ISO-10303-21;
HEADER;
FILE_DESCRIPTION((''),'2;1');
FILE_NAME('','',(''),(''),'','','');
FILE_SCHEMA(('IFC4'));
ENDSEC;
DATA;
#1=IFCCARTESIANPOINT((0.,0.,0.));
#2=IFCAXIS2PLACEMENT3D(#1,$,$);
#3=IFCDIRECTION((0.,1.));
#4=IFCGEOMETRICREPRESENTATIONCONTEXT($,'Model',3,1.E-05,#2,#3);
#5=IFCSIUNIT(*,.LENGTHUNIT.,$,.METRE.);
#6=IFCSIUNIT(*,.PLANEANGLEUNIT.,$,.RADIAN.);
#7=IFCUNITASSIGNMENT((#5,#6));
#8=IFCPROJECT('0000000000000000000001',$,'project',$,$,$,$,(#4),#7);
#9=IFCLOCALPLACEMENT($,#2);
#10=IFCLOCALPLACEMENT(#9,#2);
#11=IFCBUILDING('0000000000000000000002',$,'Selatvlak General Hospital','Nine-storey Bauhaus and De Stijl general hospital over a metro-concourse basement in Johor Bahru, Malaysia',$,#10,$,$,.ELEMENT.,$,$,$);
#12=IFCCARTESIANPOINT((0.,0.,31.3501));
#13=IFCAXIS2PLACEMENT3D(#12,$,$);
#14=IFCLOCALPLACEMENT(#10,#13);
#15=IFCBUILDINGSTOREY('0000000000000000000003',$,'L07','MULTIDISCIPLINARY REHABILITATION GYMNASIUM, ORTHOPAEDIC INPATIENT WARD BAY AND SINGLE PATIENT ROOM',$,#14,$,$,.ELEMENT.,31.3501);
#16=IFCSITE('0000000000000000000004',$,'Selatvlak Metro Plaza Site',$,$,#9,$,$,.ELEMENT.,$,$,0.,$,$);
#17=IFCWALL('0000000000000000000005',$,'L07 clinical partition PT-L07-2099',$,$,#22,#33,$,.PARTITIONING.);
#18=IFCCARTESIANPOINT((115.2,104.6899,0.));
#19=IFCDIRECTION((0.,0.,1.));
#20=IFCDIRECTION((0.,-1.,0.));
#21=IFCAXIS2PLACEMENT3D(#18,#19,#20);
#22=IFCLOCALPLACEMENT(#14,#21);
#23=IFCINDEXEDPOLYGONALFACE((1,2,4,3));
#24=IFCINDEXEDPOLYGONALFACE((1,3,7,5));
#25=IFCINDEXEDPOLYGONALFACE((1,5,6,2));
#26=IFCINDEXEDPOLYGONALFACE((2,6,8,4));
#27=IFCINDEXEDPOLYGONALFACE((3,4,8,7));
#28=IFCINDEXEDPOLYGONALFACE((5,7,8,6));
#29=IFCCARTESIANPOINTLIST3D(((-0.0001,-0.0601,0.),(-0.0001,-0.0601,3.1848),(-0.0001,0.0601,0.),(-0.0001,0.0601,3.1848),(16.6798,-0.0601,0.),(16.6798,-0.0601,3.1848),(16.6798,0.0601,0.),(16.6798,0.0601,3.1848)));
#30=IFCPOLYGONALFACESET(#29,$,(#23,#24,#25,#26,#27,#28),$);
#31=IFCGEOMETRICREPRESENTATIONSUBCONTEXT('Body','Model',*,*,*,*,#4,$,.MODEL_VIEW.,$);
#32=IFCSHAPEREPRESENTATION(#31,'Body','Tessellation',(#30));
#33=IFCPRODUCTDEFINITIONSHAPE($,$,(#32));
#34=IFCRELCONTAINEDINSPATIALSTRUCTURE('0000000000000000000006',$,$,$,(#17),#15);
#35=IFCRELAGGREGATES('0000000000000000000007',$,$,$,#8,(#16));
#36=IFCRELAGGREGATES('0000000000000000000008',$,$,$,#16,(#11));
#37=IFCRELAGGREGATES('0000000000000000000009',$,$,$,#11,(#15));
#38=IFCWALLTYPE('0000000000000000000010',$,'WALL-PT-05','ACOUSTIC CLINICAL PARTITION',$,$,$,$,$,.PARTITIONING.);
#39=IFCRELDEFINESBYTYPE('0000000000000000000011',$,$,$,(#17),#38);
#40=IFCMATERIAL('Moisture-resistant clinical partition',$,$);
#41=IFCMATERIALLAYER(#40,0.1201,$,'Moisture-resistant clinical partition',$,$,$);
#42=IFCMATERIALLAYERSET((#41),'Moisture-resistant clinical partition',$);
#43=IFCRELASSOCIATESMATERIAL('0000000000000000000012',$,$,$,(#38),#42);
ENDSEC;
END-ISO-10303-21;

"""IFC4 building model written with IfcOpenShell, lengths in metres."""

from ifc_helpers import new_model, si_unit, direction, frame, frame_2d, origin, place, context, subcontext, project, spatial, rectangle, extrude, material, layer, layer_set, type_object, element, save


model = new_model("IFC4")

# Units and contexts
model_context = context("Model", 3, precision=1e-05, world=origin(), true_north=direction((0.0, 1.0)))
body_context = subcontext(model_context, "Body", "Model", "MODEL_VIEW")
ifc_project = project(units=[si_unit("LENGTHUNIT", "METRE"), si_unit("PLANEANGLEUNIT", "RADIAN")], contexts=[model_context])

# Site, building, storey
site_placement = place(None, origin())
site = spatial("IfcSite", under=ifc_project, at=site_placement, Name="Selatvlak Metro Plaza Site", CompositionType="ELEMENT", RefElevation=0.0)
building_placement = place(site_placement, origin())
building = spatial("IfcBuilding", under=site, at=building_placement, Name="Selatvlak General Hospital", Description="Nine-storey Bauhaus and De Stijl general hospital over a metro-concourse basement in Johor Bahru, Malaysia", CompositionType="ELEMENT")
storey_placement = place(building_placement, frame((0.0, 0.0, 31.3501)))
storey = spatial("IfcBuildingStorey", under=building, at=storey_placement, Name="L07", Description="MULTIDISCIPLINARY REHABILITATION GYMNASIUM, ORTHOPAEDIC INPATIENT WARD BAY AND SINGLE PATIENT ROOM", CompositionType="ELEMENT", Elevation=31.3501)

# Wall
ifc_material_1 = material(Name="Moisture-resistant clinical partition")
ifc_layer_1 = layer(ifc_material_1, 0.1201, Name="Moisture-resistant clinical partition")
ifc_layer_set_1 = layer_set([ifc_layer_1], Name="Moisture-resistant clinical partition")
wall_type_1 = type_object("IfcWallType", Name="WALL-PT-05", Description="ACOUSTIC CLINICAL PARTITION", PredefinedType="PARTITIONING", material=ifc_layer_set_1)
wall_1_placement = place(storey_placement, frame((115.2, 104.6899, 0.0), z_axis=(0.0, 0.0, 1.0), x_axis=(0.0, -1.0, 0.0)))
element("IfcWall", 1, at=wall_1_placement, inside=storey, type_object=wall_type_1, Name="L07 clinical partition PT-L07-2099", PredefinedType="PARTITIONING", context=body_context, shape_type="SweptSolid", body=[
    extrude(rectangle(XDim=16.6799, YDim=0.1201, at=frame_2d((8.3398, 0.0))), origin(), (0.0, 0.0, 1.0), 3.1848),
])

save(model, "model.ifc")
